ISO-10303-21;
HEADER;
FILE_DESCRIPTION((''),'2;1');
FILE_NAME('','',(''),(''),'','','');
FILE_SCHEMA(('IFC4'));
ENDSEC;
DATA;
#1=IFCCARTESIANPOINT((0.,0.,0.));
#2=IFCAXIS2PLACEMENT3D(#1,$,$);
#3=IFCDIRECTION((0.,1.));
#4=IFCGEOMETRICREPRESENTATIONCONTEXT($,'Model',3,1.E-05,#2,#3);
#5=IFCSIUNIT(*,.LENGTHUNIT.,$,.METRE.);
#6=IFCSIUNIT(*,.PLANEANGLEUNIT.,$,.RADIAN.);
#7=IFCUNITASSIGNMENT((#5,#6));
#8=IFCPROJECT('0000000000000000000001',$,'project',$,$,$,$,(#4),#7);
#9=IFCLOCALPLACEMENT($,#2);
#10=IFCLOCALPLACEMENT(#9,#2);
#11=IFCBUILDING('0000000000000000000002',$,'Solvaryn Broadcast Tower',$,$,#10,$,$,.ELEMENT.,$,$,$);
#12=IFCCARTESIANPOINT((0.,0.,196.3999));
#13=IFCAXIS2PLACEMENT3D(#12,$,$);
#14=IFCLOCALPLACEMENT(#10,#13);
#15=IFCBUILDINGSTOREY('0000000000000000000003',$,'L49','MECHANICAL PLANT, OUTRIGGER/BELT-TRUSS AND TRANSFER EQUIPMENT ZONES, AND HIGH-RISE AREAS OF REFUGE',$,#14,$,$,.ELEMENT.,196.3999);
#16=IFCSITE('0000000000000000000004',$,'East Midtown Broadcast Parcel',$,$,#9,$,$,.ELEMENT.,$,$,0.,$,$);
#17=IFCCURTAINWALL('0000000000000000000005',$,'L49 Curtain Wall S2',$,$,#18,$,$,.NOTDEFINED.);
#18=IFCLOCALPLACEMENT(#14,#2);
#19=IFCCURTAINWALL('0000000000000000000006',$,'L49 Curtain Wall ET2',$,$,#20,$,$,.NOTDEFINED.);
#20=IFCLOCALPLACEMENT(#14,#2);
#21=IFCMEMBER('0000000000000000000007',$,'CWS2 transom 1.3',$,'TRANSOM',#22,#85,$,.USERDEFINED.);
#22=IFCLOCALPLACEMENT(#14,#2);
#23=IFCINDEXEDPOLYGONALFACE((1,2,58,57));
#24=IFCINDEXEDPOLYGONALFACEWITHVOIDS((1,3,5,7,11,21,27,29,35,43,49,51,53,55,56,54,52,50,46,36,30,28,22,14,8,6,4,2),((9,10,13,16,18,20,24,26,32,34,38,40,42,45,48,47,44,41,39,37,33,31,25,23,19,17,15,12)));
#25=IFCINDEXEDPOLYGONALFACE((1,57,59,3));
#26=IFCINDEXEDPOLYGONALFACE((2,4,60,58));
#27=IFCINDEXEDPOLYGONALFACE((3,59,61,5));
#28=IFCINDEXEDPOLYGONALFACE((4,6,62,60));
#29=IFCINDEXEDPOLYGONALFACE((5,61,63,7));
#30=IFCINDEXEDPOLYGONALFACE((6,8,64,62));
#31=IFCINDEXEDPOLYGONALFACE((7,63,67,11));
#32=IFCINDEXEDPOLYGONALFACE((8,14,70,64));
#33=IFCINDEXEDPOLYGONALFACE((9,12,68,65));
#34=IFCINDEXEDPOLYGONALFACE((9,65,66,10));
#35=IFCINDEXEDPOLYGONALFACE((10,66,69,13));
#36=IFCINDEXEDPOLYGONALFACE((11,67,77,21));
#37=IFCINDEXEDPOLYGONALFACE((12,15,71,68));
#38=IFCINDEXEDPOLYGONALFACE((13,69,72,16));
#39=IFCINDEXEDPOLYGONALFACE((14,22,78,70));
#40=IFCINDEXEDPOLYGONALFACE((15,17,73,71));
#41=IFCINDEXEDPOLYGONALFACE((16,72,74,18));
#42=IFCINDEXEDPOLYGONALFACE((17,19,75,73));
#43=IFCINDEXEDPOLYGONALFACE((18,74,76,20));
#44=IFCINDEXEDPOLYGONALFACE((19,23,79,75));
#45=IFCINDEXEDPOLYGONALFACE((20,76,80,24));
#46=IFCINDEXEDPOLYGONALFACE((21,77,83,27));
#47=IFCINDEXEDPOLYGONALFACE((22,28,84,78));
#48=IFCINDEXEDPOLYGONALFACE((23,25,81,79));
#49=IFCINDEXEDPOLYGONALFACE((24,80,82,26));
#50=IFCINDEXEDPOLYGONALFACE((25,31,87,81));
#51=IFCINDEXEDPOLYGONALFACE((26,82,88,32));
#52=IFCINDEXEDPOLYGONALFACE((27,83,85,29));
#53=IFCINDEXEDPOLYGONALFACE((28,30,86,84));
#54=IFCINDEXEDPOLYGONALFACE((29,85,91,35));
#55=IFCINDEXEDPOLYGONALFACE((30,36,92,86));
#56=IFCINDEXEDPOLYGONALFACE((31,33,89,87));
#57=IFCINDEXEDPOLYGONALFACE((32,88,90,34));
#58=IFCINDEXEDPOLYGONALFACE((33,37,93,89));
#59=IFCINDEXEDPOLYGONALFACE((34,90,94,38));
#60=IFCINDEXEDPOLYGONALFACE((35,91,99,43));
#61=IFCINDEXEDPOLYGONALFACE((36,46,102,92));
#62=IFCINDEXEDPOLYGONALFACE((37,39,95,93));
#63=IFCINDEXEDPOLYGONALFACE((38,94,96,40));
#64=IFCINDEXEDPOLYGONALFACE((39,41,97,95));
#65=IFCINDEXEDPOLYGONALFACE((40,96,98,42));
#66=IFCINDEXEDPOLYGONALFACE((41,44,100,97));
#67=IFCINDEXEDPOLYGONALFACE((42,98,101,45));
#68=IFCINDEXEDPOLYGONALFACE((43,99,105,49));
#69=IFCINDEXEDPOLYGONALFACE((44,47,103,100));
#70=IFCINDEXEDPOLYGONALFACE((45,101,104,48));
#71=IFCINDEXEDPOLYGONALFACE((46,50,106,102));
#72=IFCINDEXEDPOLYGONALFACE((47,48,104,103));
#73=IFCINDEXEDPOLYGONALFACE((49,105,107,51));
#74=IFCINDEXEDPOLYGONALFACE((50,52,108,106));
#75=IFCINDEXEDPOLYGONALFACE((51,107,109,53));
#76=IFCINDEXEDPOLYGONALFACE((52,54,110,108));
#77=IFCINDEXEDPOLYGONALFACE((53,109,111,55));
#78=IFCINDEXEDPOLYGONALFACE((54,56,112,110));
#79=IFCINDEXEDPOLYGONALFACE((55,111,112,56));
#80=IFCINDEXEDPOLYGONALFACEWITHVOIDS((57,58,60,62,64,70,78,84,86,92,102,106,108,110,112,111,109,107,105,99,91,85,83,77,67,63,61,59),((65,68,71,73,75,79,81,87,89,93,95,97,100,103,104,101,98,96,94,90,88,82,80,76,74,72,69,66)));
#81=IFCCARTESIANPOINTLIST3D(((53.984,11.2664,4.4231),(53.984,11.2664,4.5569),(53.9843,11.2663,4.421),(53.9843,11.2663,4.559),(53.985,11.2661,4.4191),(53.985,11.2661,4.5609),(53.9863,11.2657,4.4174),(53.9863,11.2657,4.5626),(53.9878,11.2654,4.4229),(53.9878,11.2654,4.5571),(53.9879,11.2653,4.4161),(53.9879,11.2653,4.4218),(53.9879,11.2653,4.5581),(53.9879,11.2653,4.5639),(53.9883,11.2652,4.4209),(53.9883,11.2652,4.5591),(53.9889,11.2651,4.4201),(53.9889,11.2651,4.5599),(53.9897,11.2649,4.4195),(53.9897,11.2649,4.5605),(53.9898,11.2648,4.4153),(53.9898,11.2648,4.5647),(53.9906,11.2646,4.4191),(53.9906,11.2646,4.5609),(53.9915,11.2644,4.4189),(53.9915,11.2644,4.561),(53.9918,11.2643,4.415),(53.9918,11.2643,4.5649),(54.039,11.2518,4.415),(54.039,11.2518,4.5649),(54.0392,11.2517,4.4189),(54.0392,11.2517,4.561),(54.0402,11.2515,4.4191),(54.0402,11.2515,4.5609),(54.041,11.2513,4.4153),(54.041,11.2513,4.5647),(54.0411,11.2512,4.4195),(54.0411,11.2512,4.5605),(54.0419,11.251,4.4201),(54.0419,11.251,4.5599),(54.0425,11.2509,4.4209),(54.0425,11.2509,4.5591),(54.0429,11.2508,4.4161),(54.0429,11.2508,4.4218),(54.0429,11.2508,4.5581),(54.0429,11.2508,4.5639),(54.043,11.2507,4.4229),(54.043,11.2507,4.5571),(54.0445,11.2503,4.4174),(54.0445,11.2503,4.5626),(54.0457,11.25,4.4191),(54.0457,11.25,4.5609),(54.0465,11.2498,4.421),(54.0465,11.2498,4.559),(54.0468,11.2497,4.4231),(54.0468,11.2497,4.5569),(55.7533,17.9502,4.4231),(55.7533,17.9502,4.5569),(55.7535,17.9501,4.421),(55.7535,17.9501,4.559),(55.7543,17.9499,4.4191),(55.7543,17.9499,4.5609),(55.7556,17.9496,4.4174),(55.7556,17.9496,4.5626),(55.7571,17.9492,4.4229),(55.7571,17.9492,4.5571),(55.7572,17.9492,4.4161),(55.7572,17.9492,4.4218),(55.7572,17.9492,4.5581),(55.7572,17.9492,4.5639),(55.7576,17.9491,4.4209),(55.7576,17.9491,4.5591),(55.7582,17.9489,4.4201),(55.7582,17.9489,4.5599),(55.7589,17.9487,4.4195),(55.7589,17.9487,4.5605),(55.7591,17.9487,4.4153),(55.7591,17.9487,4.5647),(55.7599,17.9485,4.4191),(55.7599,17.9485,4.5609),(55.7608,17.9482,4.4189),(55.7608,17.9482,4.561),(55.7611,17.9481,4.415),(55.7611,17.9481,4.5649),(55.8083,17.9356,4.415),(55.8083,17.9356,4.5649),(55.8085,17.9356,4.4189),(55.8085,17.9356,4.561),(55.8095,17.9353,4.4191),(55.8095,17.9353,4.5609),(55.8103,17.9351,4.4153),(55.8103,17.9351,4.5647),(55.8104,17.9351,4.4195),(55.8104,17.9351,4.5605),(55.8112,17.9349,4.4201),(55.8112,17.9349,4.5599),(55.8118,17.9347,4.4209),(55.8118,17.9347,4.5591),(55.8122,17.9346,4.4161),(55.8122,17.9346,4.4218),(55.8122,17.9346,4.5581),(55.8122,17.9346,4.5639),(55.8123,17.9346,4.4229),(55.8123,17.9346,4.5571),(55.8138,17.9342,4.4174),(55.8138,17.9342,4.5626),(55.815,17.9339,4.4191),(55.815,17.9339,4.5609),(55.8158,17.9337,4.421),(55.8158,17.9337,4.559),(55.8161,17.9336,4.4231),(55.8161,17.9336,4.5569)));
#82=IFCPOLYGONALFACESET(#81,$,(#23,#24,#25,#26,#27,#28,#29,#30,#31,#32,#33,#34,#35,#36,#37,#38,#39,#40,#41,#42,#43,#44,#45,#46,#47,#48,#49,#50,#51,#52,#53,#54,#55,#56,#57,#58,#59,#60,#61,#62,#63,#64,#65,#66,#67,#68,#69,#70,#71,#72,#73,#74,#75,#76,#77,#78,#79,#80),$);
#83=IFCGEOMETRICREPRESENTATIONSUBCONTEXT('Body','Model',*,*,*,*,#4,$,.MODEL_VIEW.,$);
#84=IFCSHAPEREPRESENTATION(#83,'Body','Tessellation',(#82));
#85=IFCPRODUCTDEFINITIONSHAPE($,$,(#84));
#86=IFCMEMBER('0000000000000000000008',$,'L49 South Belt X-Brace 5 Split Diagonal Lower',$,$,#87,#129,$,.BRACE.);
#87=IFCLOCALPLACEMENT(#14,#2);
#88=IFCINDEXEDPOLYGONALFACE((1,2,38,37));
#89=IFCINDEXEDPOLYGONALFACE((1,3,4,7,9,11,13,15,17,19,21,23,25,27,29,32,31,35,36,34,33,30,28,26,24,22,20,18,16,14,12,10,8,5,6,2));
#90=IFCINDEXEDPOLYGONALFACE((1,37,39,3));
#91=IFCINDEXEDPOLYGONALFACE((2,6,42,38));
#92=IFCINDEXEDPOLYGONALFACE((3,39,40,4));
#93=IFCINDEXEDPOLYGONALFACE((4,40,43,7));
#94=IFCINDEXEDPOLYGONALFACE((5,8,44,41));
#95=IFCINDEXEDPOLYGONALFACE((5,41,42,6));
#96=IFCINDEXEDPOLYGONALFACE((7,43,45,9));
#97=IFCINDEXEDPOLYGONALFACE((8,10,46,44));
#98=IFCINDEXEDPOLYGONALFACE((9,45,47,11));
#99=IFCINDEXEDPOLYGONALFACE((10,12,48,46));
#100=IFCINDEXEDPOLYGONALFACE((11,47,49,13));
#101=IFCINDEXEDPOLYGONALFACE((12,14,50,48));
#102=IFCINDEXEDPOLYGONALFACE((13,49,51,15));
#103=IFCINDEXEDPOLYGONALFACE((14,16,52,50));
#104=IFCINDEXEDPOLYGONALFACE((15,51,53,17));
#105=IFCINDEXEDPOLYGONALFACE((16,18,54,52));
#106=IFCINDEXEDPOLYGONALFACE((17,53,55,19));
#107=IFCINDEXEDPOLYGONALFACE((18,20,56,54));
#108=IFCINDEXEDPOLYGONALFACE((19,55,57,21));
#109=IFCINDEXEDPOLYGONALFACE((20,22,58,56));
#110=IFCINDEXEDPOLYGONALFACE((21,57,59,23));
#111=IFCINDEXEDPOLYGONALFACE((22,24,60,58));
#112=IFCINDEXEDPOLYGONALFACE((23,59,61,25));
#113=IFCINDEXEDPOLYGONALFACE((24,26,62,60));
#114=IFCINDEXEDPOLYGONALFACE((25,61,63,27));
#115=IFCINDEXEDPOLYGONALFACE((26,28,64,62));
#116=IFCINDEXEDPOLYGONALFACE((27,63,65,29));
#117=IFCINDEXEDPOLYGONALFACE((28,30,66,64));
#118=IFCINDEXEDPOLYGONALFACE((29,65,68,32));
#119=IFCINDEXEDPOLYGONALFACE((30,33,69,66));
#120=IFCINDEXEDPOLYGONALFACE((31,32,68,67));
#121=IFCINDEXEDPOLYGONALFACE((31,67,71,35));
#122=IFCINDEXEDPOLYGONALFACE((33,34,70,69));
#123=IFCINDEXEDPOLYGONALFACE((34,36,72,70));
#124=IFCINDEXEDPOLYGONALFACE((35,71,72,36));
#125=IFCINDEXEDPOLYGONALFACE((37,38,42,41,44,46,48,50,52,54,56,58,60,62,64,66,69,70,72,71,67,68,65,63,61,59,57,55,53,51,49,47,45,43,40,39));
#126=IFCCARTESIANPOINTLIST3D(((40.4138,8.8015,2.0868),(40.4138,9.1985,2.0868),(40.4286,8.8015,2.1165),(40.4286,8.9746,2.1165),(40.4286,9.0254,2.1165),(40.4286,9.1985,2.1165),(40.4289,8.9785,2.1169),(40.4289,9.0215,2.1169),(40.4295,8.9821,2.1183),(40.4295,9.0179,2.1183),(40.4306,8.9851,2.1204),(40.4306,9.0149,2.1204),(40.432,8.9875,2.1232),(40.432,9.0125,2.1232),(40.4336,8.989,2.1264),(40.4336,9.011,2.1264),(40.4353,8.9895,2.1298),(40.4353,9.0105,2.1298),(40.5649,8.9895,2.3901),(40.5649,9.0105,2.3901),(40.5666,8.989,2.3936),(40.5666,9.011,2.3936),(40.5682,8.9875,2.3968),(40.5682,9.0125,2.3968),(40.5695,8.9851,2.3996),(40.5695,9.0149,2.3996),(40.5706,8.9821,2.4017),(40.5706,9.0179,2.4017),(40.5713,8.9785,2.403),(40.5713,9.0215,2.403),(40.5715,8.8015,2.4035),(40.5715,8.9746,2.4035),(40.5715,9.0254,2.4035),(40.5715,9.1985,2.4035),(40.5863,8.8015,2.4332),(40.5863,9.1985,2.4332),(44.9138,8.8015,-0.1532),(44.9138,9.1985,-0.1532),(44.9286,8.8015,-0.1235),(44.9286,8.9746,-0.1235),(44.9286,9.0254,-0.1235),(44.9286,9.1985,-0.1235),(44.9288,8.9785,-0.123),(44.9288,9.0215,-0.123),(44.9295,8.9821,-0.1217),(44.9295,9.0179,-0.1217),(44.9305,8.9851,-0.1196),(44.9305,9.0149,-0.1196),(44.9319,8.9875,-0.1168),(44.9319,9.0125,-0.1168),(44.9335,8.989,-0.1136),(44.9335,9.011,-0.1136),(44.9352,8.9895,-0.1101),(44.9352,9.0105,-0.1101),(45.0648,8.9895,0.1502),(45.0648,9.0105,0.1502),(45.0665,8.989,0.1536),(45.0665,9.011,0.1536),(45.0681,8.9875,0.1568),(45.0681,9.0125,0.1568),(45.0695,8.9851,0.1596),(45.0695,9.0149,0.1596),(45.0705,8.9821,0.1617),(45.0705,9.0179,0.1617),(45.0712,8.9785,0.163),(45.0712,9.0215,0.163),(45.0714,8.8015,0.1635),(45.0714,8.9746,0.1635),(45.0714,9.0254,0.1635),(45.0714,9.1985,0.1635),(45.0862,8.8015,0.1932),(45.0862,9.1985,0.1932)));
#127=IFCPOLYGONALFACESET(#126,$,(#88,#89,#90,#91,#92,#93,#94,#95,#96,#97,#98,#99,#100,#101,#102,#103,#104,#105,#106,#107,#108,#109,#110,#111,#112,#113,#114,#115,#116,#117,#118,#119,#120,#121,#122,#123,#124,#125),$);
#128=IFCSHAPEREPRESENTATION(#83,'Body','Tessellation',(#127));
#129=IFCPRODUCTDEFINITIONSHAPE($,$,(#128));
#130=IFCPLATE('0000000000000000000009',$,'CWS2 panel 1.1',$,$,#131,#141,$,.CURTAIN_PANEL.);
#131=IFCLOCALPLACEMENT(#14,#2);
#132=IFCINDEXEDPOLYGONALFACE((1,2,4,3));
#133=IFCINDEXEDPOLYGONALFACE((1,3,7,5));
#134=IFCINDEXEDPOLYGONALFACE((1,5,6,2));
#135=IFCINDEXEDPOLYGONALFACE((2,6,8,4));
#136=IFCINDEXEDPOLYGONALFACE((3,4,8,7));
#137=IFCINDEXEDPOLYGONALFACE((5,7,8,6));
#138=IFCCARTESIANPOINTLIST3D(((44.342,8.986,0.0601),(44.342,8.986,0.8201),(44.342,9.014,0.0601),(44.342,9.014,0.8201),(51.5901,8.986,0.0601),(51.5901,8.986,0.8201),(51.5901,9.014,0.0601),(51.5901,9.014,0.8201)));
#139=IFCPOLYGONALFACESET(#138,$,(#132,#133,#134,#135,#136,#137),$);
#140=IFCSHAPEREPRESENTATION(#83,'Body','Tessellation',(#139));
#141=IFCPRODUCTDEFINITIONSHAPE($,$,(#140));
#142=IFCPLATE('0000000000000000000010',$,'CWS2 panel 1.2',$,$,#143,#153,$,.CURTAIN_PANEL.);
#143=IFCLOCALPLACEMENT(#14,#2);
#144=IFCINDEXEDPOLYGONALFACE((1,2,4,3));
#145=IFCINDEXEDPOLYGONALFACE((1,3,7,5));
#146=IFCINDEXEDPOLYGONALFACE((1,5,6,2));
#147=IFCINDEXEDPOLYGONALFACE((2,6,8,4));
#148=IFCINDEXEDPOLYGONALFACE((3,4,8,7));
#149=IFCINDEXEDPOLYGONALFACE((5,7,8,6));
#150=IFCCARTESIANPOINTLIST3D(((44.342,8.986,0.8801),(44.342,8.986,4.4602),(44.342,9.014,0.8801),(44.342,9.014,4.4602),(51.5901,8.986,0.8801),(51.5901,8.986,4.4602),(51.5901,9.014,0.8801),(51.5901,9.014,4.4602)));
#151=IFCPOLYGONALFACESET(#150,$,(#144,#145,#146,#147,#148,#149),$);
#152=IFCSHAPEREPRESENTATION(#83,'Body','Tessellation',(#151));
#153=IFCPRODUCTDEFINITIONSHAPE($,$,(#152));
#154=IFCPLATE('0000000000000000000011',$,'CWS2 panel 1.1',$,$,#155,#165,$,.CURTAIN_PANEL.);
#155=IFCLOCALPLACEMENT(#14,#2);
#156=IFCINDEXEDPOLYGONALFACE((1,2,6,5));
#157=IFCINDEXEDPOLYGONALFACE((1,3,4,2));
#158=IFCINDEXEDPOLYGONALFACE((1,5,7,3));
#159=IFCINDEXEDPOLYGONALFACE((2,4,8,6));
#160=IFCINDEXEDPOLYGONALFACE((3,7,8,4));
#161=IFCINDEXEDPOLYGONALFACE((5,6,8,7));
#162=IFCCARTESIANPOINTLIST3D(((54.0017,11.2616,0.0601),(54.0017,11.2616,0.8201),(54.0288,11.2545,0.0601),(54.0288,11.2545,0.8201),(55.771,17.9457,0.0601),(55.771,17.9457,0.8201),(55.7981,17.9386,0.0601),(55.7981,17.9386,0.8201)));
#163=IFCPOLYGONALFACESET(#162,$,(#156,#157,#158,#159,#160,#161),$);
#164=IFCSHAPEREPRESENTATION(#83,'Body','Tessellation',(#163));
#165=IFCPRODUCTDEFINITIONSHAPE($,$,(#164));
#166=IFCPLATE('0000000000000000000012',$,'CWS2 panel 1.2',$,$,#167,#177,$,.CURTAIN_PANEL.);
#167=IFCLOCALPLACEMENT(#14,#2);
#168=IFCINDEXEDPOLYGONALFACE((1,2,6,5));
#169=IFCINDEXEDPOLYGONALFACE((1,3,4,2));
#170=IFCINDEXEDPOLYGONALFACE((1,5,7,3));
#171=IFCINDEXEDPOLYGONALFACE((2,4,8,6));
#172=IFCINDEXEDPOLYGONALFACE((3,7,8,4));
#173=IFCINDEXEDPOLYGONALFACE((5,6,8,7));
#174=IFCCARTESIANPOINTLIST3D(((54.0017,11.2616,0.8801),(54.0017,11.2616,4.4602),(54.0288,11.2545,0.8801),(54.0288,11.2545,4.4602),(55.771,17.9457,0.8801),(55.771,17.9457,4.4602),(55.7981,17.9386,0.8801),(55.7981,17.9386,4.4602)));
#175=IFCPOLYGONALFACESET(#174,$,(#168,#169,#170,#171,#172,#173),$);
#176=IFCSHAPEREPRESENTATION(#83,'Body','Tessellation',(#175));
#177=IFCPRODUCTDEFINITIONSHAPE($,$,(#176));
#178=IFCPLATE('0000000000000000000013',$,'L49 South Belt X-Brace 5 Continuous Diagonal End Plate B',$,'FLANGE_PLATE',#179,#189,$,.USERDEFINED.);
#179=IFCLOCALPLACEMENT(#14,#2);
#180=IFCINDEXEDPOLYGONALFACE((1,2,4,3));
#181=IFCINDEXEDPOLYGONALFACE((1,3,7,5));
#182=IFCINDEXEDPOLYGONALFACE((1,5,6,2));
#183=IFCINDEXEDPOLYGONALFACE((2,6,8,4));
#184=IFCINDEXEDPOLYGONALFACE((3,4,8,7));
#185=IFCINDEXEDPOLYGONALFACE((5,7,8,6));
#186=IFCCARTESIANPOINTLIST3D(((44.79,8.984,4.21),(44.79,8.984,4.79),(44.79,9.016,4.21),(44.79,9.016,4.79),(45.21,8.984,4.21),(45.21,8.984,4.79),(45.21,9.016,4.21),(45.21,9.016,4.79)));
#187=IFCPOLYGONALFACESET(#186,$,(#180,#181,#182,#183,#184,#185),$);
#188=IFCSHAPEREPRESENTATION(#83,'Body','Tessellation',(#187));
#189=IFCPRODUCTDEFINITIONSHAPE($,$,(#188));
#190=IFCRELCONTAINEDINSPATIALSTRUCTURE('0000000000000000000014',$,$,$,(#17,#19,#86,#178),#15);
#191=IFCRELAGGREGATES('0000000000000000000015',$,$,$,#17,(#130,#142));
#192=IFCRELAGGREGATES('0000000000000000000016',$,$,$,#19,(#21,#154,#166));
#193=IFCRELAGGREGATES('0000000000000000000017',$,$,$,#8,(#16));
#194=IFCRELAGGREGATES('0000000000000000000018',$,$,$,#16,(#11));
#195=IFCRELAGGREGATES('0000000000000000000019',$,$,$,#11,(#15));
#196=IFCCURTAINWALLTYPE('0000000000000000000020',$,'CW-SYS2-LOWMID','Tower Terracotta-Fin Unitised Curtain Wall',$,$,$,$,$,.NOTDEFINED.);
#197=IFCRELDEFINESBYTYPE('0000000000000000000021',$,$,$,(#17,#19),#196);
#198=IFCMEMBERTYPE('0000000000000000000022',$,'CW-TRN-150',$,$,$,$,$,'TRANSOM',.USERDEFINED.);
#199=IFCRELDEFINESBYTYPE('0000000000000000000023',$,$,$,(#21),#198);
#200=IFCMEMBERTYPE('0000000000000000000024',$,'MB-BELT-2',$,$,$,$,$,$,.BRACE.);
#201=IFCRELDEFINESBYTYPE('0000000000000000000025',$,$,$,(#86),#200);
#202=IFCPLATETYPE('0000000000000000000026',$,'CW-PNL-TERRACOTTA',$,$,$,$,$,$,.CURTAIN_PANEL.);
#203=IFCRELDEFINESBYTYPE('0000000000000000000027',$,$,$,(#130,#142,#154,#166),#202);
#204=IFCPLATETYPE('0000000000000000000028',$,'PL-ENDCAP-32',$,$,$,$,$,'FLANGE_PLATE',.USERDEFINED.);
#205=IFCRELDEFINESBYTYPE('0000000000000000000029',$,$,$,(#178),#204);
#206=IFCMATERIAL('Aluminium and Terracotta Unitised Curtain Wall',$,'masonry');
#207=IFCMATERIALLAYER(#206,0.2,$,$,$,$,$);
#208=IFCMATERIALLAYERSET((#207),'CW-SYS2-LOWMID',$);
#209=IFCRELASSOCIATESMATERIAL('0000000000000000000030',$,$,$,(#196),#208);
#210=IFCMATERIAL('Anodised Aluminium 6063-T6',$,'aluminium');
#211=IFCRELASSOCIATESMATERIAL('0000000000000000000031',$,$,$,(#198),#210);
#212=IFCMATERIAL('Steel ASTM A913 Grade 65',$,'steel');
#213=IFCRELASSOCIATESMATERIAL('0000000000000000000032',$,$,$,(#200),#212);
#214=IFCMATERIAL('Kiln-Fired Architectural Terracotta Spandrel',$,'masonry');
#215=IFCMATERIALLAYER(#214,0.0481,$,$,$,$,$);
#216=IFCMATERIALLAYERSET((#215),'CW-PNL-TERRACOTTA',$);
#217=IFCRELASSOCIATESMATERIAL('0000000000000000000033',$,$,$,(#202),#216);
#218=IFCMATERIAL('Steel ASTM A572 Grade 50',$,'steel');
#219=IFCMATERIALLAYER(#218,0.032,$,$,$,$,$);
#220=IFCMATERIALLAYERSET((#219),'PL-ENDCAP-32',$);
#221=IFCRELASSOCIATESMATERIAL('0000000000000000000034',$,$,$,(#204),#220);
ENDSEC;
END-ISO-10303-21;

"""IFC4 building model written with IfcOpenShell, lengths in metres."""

from ifc_helpers import new_model, si_unit, direction, frame, origin, origin_2d, place, context, subcontext, project, spatial, rectangle, hollow_rectangle, i_section, extrude, material, layer, layer_set, material_profile, profile_set, type_object, element, aggregate, save


model = new_model("IFC4")

# Units and contexts
model_context = context("Model", 3, precision=1e-05, world=origin(), true_north=direction((0.0, 1.0)))
body_context = subcontext(model_context, "Body", "Model", "MODEL_VIEW")
ifc_project = project(units=[si_unit("LENGTHUNIT", "METRE"), si_unit("PLANEANGLEUNIT", "RADIAN")], contexts=[model_context])

# Site, building, storey
site_placement = place(None, origin())
site = spatial("IfcSite", under=ifc_project, at=site_placement, Name="East Midtown Broadcast Parcel", CompositionType="ELEMENT", RefElevation=0.0)
building_placement = place(site_placement, origin())
building = spatial("IfcBuilding", under=site, at=building_placement, Name="Solvaryn Broadcast Tower", CompositionType="ELEMENT")
storey_placement = place(building_placement, frame((0.0, 0.0, 196.3999)))
storey = spatial("IfcBuildingStorey", under=building, at=storey_placement, Name="L49", Description="MECHANICAL PLANT, OUTRIGGER/BELT-TRUSS AND TRANSFER EQUIPMENT ZONES, AND HIGH-RISE AREAS OF REFUGE", CompositionType="ELEMENT", Elevation=196.3999)

# Curtain wall
ifc_material_1 = material(Name="Aluminium and Terracotta Unitised Curtain Wall", Category="masonry")
ifc_layer_1 = layer(ifc_material_1, 0.2)
ifc_layer_set_1 = layer_set([ifc_layer_1], Name="CW-SYS2-LOWMID")
curtain_wall_type = type_object("IfcCurtainWallType", Name="CW-SYS2-LOWMID", Description="Tower Terracotta-Fin Unitised Curtain Wall", PredefinedType="NOTDEFINED", material=ifc_layer_set_1)
curtain_wall_1_placement = place(storey_placement, origin())
curtain_wall_1 = element("IfcCurtainWall", 1, at=curtain_wall_1_placement, inside=storey, type_object=curtain_wall_type, Name="L49 Curtain Wall S2", PredefinedType="NOTDEFINED")

# Curtain wall
curtain_wall_2_placement = place(storey_placement, origin())
curtain_wall_2 = element("IfcCurtainWall", 2, at=curtain_wall_2_placement, inside=storey, type_object=curtain_wall_type, Name="L49 Curtain Wall ET2", PredefinedType="NOTDEFINED")

# Members
ifc_material_2 = material(Name="Anodised Aluminium 6063-T6", Category="aluminium")
ifc_material_profile_1 = material_profile(ifc_material_2, hollow_rectangle(XDim=0.0649, YDim=0.1499, WallThickness=0.0039, InnerFilletRadius=0.0039, OuterFilletRadius=0.0081, at=origin_2d()))
ifc_profile_set_1 = profile_set([ifc_material_profile_1], Name="Anodised Aluminium 6063-T6")
member_type_1 = type_object("IfcMemberType", Name="CW-TRN-150", ElementType="TRANSOM", PredefinedType="USERDEFINED", material=ifc_profile_set_1)
member_1_placement = place(storey_placement, frame((55.7847, 17.9419, 4.49), z_axis=(-0.255897, -0.966704, 0.0), x_axis=(0.966704, -0.255897, 0.0)))
member_1 = element("IfcMember", 3, at=member_1_placement, type_object=member_type_1, Name="CWS2 transom 1.3", ObjectType="TRANSOM", PredefinedType="USERDEFINED", context=body_context, shape_type="SweptSolid", body=[
    extrude(hollow_rectangle(XDim=0.0649, YDim=0.1499, WallThickness=0.0039, InnerFilletRadius=0.0039, OuterFilletRadius=0.0081, at=origin_2d()), origin(), (0.0, 0.0, 1.0), 6.9141),
])
ifc_material_3 = material(Name="Steel ASTM A913 Grade 65", Category="steel")
ifc_material_profile_2 = material_profile(ifc_material_3, i_section(OverallWidth=0.397, OverallDepth=0.387, WebThickness=0.021, FlangeThickness=0.0332, FilletRadius=0.0149, at=origin_2d()))
ifc_profile_set_2 = profile_set([ifc_material_profile_2], Name="Steel ASTM A913 Grade 65")
member_type_2 = type_object("IfcMemberType", Name="MB-BELT-2", PredefinedType="BRACE", material=ifc_profile_set_2)
member_2_placement = place(storey_placement, frame((45.0, 9.0, 0.02), z_axis=(-0.895222, 0.0, 0.44562), x_axis=(0.0, -1.0, 0.0)))
element("IfcMember", 4, at=member_2_placement, inside=storey, type_object=member_type_2, Name="L49 South Belt X-Brace 5 Split Diagonal Lower", PredefinedType="BRACE", context=body_context, shape_type="SweptSolid", body=[
    extrude(i_section(OverallWidth=0.397, OverallDepth=0.387, WebThickness=0.021, FlangeThickness=0.0332, FilletRadius=0.0149, at=origin_2d()), origin(), (0.0, 0.0, 1.0), 5.0266),
])

# Plates
ifc_material_4 = material(Name="Kiln-Fired Architectural Terracotta Spandrel", Category="masonry")
ifc_layer_2 = layer(ifc_material_4, 0.0481)
ifc_layer_set_2 = layer_set([ifc_layer_2], Name="CW-PNL-TERRACOTTA")
plate_type_1 = type_object("IfcPlateType", Name="CW-PNL-TERRACOTTA", PredefinedType="CURTAIN_PANEL", material=ifc_layer_set_2)
plate_1_placement = place(storey_placement, frame((47.9661, 9.0, 0.0601), z_axis=(0.0, 0.0, 1.0), x_axis=(1.0, 0.0, 0.0)))
plate_1 = element("IfcPlate", 5, at=plate_1_placement, type_object=plate_type_1, Name="CWS2 panel 1.1", PredefinedType="CURTAIN_PANEL", context=body_context, shape_type="SweptSolid", body=[
    extrude(rectangle(XDim=7.248, YDim=0.0281, at=origin_2d()), origin(), (0.0, 0.0, 1.0), 0.76),
])
plate_2_placement = place(storey_placement, frame((47.9661, 9.0, 0.8801), z_axis=(0.0, 0.0, 1.0), x_axis=(1.0, 0.0, 0.0)))
plate_2 = element("IfcPlate", 6, at=plate_2_placement, type_object=plate_type_1, Name="CWS2 panel 1.2", PredefinedType="CURTAIN_PANEL", context=body_context, shape_type="SweptSolid", body=[
    extrude(rectangle(XDim=7.248, YDim=0.0281, at=origin_2d()), origin(), (0.0, 0.0, 1.0), 3.5801),
])
aggregate(curtain_wall_1, [plate_1, plate_2])
plate_3_placement = place(storey_placement, frame((54.8999, 14.6001, 0.0601), z_axis=(0.0, 0.0, 1.0), x_axis=(-0.255893, -0.966705, 0.0)))
plate_3 = element("IfcPlate", 7, at=plate_3_placement, type_object=plate_type_1, Name="CWS2 panel 1.1", PredefinedType="CURTAIN_PANEL", context=body_context, shape_type="SweptSolid", body=[
    extrude(rectangle(XDim=6.9143, YDim=0.0281, at=origin_2d()), origin(), (0.0, 0.0, 1.0), 0.76),
])
plate_4_placement = place(storey_placement, frame((54.8999, 14.6001, 0.8801), z_axis=(0.0, 0.0, 1.0), x_axis=(-0.255893, -0.966705, 0.0)))
plate_4 = element("IfcPlate", 8, at=plate_4_placement, type_object=plate_type_1, Name="CWS2 panel 1.2", PredefinedType="CURTAIN_PANEL", context=body_context, shape_type="SweptSolid", body=[
    extrude(rectangle(XDim=6.9143, YDim=0.0281, at=origin_2d()), origin(), (0.0, 0.0, 1.0), 3.5801),
])
aggregate(curtain_wall_2, [member_1, plate_3, plate_4])

# Plate
ifc_material_5 = material(Name="Steel ASTM A572 Grade 50", Category="steel")
ifc_layer_3 = layer(ifc_material_5, 0.032)
ifc_layer_set_3 = layer_set([ifc_layer_3], Name="PL-ENDCAP-32")
plate_type_2 = type_object("IfcPlateType", Name="PL-ENDCAP-32", ElementType="FLANGE_PLATE", PredefinedType="USERDEFINED", material=ifc_layer_set_3)
for number, where, z_axis, x_axis, name in (
    (9, (45.0, 9.0, 4.21), (0.0, 0.0, 1.0), (1.0, 0.0, 0.0), "L49 South Belt X-Brace 5 Continuous Diagonal End Plate B"),
):
    element("IfcPlate", number, at=place(storey_placement, frame(where, z_axis=z_axis, x_axis=x_axis)), inside=storey, type_object=plate_type_2, Name=name, ObjectType="FLANGE_PLATE", PredefinedType="USERDEFINED", context=body_context, shape_type="SweptSolid", body=[
        extrude(rectangle(XDim=0.4199, YDim=0.032, at=origin_2d()), origin(), (0.0, 0.0, 1.0), 0.5801),
    ])

save(model, "model.ifc")
